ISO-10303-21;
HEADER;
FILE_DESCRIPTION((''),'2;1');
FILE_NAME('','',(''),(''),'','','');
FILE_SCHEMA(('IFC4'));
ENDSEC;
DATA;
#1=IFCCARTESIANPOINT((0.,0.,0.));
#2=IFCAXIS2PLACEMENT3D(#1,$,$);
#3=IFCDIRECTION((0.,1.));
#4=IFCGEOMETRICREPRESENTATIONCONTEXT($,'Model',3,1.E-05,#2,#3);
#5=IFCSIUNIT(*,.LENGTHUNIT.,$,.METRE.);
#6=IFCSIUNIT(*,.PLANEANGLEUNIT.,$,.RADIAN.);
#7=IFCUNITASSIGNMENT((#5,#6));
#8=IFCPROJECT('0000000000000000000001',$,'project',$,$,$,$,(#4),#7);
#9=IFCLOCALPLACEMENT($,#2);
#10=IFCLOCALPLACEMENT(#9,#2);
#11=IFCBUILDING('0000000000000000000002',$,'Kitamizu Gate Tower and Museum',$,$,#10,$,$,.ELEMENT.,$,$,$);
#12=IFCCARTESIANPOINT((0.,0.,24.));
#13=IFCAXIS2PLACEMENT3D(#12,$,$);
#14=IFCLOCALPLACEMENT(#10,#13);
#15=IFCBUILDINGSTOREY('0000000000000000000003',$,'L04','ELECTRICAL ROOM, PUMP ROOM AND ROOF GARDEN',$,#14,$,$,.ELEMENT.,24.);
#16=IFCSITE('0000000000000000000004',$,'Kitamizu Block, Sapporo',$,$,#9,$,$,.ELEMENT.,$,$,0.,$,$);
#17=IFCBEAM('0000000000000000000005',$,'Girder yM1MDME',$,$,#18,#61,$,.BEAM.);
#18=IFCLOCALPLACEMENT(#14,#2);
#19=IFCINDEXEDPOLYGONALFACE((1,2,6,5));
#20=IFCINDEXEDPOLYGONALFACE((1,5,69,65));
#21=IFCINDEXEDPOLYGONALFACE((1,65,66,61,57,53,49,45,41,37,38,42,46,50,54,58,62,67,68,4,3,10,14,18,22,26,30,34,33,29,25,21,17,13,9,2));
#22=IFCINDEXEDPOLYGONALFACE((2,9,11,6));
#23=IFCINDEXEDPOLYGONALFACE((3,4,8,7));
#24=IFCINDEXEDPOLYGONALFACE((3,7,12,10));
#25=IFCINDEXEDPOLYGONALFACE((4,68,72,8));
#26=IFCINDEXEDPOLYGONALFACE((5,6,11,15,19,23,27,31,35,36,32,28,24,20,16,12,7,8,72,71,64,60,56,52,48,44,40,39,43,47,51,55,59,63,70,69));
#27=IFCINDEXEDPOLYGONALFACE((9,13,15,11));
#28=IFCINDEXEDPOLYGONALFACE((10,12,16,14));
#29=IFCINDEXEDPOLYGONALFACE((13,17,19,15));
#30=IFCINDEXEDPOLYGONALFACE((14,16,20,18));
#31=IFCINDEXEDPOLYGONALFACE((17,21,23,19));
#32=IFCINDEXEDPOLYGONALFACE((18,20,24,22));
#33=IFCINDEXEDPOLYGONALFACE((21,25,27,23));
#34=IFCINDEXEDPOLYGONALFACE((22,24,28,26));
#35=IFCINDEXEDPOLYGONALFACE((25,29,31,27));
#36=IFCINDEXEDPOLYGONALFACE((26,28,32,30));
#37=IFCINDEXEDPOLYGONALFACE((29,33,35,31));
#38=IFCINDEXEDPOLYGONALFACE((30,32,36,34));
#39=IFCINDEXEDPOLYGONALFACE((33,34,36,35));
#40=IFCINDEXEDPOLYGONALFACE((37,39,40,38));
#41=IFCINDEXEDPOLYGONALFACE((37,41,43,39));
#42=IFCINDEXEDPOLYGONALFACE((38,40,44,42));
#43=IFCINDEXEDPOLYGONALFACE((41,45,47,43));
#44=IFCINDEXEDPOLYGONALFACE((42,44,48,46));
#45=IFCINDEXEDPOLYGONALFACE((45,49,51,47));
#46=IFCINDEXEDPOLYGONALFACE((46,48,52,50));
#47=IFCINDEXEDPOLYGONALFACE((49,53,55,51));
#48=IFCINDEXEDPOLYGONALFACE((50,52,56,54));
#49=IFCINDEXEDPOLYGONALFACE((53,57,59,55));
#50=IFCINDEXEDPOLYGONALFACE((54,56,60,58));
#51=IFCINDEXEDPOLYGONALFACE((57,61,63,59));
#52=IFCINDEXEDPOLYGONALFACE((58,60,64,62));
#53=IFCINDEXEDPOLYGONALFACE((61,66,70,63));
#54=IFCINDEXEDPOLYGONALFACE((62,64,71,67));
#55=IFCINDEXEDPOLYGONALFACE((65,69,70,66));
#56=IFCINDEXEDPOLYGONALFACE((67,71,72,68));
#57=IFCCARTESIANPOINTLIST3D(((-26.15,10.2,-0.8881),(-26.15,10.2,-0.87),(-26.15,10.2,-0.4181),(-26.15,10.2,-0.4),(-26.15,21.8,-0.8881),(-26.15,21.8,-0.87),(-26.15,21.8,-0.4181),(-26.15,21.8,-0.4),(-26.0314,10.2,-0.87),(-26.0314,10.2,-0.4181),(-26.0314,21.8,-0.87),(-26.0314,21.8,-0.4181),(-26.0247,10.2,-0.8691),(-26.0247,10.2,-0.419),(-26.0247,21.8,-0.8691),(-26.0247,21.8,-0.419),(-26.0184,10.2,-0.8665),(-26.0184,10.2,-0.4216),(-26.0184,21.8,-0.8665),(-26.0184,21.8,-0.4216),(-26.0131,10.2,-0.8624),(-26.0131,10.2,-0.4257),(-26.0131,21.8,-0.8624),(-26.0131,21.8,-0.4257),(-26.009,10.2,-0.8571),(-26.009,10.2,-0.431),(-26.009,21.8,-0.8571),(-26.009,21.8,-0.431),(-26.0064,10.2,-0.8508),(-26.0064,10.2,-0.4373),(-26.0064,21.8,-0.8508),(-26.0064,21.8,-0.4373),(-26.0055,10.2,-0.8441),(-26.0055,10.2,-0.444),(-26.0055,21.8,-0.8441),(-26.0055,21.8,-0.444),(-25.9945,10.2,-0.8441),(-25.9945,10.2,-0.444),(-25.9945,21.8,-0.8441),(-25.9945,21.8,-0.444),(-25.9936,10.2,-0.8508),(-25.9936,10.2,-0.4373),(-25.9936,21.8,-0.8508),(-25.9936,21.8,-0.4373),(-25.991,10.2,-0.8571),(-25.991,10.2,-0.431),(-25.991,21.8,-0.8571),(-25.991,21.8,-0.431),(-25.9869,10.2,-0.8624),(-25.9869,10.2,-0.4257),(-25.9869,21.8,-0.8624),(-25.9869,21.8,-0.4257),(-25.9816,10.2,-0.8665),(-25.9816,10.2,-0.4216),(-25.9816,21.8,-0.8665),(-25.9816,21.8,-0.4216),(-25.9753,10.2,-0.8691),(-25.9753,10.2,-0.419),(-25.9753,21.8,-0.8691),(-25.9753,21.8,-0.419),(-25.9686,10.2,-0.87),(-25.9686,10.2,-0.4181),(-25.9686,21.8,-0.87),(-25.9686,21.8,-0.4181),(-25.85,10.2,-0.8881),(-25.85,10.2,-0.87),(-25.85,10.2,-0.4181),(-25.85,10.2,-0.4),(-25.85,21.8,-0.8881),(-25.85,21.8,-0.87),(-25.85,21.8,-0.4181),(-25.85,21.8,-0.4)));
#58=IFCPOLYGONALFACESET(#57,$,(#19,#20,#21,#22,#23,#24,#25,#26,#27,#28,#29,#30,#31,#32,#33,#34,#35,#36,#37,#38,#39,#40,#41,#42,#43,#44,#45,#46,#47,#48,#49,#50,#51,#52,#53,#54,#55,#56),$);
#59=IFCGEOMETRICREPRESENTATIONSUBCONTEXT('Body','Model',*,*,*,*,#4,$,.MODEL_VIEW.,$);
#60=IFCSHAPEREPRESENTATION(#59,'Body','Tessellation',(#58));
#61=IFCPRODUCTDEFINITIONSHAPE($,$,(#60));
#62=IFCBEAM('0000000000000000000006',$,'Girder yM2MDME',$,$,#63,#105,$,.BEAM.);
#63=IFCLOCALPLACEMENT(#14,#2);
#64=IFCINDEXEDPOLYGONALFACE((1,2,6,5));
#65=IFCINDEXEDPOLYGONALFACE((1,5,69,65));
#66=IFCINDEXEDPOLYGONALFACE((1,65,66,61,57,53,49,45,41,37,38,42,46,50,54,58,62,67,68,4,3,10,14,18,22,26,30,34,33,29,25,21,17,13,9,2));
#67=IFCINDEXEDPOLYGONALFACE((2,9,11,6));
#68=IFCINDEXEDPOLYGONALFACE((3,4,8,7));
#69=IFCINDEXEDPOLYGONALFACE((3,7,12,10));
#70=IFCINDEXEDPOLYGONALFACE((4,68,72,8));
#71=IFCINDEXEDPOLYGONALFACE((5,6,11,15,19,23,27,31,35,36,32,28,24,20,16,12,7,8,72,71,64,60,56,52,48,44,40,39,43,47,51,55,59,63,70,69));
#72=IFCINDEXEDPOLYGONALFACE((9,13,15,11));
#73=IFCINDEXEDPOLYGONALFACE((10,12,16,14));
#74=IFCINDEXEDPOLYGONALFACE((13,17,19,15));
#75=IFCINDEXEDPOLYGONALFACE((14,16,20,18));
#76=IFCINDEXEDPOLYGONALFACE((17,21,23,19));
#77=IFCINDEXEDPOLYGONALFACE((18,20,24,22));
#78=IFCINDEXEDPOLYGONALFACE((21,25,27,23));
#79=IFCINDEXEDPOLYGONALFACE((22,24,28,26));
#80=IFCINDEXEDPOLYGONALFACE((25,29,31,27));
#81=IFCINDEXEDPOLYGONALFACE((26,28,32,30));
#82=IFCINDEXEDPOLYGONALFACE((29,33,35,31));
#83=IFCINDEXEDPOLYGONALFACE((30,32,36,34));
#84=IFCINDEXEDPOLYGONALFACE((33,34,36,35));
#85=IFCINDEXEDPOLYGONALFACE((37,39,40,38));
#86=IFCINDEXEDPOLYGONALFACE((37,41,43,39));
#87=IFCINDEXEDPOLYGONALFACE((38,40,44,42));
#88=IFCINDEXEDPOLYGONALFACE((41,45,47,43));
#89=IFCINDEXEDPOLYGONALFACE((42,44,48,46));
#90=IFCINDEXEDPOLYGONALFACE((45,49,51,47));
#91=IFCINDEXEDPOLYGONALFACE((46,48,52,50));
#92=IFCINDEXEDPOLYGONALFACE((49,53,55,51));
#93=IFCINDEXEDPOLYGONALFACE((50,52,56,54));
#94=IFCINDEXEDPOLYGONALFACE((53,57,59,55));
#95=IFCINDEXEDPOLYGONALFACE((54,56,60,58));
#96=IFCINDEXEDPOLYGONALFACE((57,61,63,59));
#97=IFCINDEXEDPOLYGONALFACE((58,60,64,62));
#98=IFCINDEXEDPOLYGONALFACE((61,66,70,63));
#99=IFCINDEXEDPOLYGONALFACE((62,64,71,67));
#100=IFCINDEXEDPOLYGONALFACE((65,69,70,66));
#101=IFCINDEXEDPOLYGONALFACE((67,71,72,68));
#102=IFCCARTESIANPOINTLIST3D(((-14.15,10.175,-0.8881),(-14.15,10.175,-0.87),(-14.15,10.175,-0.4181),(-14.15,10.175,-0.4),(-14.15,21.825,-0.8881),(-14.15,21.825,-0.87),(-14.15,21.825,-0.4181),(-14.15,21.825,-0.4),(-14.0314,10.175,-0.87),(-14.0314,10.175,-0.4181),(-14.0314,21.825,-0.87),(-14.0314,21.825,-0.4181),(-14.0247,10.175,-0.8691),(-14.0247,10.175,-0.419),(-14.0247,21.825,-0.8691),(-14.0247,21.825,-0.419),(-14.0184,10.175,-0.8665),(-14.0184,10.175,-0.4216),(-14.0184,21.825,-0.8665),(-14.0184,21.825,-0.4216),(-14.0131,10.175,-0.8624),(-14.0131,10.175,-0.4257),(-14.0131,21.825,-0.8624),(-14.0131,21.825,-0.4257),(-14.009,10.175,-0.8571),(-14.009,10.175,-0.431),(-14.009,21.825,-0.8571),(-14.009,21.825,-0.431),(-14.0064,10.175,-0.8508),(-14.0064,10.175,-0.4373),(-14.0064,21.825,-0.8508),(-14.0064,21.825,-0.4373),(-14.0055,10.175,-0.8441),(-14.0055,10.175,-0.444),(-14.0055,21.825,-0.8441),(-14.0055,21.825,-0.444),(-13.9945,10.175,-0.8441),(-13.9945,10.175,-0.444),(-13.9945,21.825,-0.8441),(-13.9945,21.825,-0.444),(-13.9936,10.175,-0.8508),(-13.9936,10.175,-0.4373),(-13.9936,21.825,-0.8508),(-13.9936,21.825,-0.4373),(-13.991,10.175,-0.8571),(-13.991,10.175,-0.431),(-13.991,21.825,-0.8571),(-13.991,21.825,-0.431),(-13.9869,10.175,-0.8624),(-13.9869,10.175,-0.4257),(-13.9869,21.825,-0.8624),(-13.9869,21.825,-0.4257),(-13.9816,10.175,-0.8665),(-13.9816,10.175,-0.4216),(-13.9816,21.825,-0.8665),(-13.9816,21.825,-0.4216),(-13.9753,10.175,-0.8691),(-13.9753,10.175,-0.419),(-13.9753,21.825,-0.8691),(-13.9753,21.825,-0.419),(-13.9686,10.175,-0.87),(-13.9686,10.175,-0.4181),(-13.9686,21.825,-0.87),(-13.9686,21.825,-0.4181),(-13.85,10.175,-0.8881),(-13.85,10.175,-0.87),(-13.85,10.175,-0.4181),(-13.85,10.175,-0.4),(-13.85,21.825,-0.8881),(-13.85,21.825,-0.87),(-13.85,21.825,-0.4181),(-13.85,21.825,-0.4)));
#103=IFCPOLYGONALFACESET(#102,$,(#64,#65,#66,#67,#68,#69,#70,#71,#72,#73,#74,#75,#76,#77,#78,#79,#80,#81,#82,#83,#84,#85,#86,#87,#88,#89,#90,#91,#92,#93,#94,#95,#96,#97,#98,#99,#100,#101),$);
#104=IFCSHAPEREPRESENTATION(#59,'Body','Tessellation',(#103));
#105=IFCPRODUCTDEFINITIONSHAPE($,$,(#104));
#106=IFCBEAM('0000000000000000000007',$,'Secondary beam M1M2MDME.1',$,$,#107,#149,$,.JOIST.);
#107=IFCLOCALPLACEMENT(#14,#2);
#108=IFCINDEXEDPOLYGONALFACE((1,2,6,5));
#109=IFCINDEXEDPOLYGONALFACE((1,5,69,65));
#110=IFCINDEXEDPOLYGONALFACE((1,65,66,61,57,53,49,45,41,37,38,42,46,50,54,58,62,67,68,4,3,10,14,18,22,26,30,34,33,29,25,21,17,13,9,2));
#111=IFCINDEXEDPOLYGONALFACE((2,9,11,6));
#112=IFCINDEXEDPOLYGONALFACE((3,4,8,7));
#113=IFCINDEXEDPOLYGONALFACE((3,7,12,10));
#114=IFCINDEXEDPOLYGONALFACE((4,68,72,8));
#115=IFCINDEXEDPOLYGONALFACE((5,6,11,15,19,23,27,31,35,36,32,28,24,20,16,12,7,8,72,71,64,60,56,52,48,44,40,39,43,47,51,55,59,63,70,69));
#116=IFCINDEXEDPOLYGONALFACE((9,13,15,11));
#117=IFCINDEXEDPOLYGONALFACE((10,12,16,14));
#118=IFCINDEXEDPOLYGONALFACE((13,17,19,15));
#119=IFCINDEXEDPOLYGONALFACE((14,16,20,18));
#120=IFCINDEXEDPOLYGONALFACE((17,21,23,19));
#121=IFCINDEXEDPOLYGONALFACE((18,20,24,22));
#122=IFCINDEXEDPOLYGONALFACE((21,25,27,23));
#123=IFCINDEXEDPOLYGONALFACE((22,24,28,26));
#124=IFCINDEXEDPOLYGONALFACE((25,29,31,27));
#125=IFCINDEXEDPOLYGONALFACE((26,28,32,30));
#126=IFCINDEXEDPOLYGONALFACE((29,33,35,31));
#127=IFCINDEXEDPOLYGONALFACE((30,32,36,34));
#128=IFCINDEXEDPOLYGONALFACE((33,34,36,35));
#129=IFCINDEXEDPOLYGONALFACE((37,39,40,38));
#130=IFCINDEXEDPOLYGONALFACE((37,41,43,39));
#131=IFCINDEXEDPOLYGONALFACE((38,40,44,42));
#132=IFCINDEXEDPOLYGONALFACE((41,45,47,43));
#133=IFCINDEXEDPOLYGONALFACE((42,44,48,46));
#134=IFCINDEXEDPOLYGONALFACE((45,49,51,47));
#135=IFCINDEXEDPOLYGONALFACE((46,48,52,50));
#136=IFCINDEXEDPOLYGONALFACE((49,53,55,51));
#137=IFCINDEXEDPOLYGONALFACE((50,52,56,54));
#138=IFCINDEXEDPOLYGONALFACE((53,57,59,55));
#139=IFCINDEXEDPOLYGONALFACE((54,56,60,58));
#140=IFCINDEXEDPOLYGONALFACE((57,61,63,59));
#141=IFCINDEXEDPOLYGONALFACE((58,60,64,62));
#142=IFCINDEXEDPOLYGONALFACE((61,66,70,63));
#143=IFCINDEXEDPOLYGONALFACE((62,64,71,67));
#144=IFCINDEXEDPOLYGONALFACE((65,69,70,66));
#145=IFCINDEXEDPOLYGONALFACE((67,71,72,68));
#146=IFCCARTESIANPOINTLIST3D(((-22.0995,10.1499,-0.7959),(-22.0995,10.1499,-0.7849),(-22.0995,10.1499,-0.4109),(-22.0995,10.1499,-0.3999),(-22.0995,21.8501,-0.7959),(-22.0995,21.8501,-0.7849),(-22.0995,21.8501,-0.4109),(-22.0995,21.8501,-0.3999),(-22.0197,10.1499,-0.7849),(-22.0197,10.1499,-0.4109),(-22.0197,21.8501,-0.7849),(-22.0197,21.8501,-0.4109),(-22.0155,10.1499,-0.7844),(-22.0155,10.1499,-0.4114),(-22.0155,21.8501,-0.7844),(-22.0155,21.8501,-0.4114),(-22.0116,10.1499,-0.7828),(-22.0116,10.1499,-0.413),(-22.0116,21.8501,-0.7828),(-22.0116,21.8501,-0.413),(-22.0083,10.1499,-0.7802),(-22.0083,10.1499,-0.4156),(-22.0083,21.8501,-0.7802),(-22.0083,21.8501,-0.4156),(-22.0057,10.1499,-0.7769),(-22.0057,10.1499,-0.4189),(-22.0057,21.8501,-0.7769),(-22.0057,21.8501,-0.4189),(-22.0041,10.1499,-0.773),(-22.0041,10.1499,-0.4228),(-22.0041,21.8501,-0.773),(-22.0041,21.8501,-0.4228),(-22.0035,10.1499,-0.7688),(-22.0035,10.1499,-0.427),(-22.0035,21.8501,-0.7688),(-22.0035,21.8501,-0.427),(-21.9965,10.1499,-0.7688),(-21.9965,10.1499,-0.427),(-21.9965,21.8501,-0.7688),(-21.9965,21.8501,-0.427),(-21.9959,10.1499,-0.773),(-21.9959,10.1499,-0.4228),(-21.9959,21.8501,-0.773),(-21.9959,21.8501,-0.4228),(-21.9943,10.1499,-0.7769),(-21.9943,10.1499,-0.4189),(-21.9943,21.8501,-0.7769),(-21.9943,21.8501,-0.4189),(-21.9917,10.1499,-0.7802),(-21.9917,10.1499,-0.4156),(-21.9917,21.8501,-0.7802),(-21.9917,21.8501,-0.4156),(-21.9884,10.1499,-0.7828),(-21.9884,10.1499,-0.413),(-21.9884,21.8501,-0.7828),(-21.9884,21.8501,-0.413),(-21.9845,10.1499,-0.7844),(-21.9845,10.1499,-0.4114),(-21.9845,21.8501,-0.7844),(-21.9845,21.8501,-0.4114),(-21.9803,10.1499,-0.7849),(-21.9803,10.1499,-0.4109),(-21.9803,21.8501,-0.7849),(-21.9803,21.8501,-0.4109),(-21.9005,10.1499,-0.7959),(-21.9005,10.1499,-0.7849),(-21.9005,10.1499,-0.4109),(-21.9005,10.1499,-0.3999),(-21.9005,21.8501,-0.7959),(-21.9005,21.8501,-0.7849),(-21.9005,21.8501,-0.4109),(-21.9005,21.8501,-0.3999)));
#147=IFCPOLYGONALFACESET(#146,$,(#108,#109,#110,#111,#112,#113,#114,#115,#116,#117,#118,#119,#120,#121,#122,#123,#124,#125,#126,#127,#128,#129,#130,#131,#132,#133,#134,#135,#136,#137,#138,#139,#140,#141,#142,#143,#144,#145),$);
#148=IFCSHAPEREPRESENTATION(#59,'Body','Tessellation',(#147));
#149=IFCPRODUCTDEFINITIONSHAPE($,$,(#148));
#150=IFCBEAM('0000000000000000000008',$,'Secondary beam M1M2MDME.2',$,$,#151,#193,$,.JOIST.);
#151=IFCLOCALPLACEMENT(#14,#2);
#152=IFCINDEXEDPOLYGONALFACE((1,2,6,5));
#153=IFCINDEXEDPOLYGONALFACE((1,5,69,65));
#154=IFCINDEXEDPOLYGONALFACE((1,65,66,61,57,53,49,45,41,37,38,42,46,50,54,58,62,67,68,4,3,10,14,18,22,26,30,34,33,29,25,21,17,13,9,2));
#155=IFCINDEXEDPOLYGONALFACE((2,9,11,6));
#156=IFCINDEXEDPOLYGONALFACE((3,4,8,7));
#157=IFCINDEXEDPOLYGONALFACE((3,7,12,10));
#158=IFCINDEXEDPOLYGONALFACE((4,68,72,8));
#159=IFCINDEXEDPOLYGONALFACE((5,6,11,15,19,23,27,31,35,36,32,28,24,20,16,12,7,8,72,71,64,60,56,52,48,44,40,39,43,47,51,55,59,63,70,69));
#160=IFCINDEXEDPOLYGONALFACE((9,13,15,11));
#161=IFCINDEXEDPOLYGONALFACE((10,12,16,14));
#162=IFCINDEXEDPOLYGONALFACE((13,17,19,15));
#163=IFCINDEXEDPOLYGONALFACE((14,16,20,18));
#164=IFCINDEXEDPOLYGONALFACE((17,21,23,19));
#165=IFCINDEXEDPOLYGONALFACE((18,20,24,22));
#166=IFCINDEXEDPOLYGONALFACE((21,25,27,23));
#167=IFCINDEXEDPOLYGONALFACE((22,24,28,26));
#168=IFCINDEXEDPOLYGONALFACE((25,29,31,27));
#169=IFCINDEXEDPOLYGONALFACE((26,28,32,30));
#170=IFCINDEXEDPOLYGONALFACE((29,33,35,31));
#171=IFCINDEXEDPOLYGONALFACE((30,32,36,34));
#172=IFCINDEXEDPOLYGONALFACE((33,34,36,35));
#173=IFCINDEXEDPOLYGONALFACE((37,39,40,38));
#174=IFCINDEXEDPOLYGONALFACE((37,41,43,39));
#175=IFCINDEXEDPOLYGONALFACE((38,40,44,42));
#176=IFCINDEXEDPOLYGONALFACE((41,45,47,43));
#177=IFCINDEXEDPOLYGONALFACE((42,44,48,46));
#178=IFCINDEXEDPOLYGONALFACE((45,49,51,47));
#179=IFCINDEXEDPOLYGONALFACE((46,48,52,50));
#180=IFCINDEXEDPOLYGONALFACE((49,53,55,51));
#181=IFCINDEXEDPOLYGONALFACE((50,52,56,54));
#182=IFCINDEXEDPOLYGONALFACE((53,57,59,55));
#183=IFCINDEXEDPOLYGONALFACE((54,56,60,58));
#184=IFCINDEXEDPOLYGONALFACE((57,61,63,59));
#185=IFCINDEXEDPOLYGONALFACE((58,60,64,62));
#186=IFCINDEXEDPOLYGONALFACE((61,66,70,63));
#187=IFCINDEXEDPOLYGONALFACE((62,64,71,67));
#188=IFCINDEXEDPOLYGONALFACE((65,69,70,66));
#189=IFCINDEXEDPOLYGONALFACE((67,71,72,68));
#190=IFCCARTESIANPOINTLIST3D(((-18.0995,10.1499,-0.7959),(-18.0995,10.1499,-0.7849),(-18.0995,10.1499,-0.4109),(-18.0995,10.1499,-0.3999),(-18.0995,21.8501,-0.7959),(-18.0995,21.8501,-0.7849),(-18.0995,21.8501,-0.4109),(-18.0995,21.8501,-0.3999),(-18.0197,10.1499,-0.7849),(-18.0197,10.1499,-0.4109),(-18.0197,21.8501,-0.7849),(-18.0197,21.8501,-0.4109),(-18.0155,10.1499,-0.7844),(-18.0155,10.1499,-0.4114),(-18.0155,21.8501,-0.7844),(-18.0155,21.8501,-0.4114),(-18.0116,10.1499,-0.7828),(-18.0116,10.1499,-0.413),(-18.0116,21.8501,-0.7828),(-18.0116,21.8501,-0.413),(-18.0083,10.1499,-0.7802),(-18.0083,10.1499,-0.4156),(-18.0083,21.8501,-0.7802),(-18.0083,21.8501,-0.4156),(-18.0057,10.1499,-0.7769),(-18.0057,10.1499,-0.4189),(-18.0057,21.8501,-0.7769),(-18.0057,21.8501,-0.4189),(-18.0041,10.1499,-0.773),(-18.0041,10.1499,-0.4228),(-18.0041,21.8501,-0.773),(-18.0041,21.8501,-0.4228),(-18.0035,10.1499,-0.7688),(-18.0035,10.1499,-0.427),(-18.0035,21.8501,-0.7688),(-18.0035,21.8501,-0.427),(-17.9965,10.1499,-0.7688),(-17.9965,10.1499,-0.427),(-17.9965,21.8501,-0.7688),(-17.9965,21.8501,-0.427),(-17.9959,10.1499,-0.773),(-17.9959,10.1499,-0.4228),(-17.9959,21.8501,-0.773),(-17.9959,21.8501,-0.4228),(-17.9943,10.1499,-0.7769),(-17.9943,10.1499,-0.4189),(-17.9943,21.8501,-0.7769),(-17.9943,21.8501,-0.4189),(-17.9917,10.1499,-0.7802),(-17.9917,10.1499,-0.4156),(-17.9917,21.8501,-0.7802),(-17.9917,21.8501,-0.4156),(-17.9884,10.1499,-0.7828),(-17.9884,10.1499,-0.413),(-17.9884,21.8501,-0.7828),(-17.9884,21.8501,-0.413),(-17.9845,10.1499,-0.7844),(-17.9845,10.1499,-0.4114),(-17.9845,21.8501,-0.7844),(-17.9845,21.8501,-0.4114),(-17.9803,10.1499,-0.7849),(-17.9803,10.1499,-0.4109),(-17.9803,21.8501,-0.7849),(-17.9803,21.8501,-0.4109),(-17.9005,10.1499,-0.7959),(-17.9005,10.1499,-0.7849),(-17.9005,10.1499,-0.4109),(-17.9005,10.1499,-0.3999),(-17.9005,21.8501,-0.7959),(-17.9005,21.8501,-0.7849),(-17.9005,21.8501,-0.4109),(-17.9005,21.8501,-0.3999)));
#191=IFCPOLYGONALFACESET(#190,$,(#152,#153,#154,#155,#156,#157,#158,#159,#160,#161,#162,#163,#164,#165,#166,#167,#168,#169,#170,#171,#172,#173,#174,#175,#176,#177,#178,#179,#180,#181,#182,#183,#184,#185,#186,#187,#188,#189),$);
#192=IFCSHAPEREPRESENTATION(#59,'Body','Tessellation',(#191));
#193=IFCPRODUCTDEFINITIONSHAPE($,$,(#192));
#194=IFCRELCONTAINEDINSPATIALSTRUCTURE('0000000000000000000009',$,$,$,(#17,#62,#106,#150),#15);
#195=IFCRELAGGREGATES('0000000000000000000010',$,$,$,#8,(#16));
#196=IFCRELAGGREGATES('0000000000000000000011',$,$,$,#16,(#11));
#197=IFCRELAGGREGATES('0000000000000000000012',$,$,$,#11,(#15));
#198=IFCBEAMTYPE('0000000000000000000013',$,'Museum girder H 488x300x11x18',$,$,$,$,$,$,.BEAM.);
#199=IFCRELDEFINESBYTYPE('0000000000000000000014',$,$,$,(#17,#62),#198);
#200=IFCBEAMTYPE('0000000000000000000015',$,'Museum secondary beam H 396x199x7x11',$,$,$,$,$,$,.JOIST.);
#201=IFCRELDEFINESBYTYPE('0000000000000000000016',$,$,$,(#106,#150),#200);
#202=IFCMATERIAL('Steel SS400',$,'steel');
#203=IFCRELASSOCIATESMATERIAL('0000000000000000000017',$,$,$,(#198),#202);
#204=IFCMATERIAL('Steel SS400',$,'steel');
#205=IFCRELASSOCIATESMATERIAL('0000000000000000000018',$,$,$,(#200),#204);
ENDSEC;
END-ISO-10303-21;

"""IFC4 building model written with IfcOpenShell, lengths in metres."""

from ifc_helpers import new_model, si_unit, direction, frame, origin, origin_2d, place, context, subcontext, project, spatial, i_section, extrude, material, material_profile, profile_set, type_object, element, save


model = new_model("IFC4")

# Units and contexts
model_context = context("Model", 3, precision=1e-05, world=origin(), true_north=direction((0.0, 1.0)))
body_context = subcontext(model_context, "Body", "Model", "MODEL_VIEW")
ifc_project = project(units=[si_unit("LENGTHUNIT", "METRE"), si_unit("PLANEANGLEUNIT", "RADIAN")], contexts=[model_context])

# Site, building, storey
site_placement = place(None, origin())
site = spatial("IfcSite", under=ifc_project, at=site_placement, Name="Kitamizu Block, Sapporo", CompositionType="ELEMENT", RefElevation=0.0)
building_placement = place(site_placement, origin())
building = spatial("IfcBuilding", under=site, at=building_placement, Name="Kitamizu Gate Tower and Museum", CompositionType="ELEMENT")
storey_placement = place(building_placement, frame((0.0, 0.0, 24.0)))
storey = spatial("IfcBuildingStorey", under=building, at=storey_placement, Name="L04", Description="ELECTRICAL ROOM, PUMP ROOM AND ROOF GARDEN", CompositionType="ELEMENT", Elevation=24.0)

# Beams
ifc_material_1 = material(Name="Steel SS400", Category="steel")
ifc_material_profile_1 = material_profile(ifc_material_1, i_section(OverallWidth=0.3, OverallDepth=0.488, WebThickness=0.011, FlangeThickness=0.0181, FilletRadius=0.0259, at=origin_2d()), Name="H-488x300x11x18")
ifc_profile_set_1 = profile_set([ifc_material_profile_1], Name="Steel SS400")
beam_type_1 = type_object("IfcBeamType", Name="Museum girder H 488x300x11x18", PredefinedType="BEAM", material=ifc_profile_set_1)
beam_1_placement = place(storey_placement, frame((-26.0, 10.2, -0.644), z_axis=(0.0, 1.0, 0.0), x_axis=(-1.0, 0.0, 0.0)))
element("IfcBeam", 1, at=beam_1_placement, inside=storey, type_object=beam_type_1, Name="Girder yM1MDME", PredefinedType="BEAM", context=body_context, shape_type="SweptSolid", body=[
    extrude(i_section(OverallWidth=0.3, OverallDepth=0.488, WebThickness=0.011, FlangeThickness=0.0181, FilletRadius=0.0259, at=origin_2d()), origin(), (0.0, 0.0, 1.0), 11.6001),
])
beam_2_placement = place(storey_placement, frame((-14.0, 10.175, -0.644), z_axis=(0.0, 1.0, 0.0), x_axis=(-1.0, 0.0, 0.0)))
element("IfcBeam", 2, at=beam_2_placement, inside=storey, type_object=beam_type_1, Name="Girder yM2MDME", PredefinedType="BEAM", context=body_context, shape_type="SweptSolid", body=[
    extrude(i_section(OverallWidth=0.3, OverallDepth=0.488, WebThickness=0.011, FlangeThickness=0.0181, FilletRadius=0.0259, at=origin_2d()), origin(), (0.0, 0.0, 1.0), 11.6499),
])
ifc_material_2 = material(Name="Steel SS400", Category="steel")
ifc_material_profile_2 = material_profile(ifc_material_2, i_section(OverallWidth=0.199, OverallDepth=0.396, WebThickness=0.0071, FlangeThickness=0.011, FilletRadius=0.0161, at=origin_2d()), Name="H-396x199x7x11")
ifc_profile_set_2 = profile_set([ifc_material_profile_2], Name="Steel SS400")
beam_type_2 = type_object("IfcBeamType", Name="Museum secondary beam H 396x199x7x11", PredefinedType="JOIST", material=ifc_profile_set_2)
for number, where, z_axis, x_axis, name in (
    (3, (-22.0, 10.1499, -0.5979), (0.0, 1.0, 0.0), (-1.0, 0.0, 0.0), "Secondary beam M1M2MDME.1"),
    (4, (-18.0, 10.1499, -0.5979), (0.0, 1.0, 0.0), (-1.0, 0.0, 0.0), "Secondary beam M1M2MDME.2"),
):
    element("IfcBeam", number, at=place(storey_placement, frame(where, z_axis=z_axis, x_axis=x_axis)), inside=storey, type_object=beam_type_2, Name=name, PredefinedType="JOIST", context=body_context, shape_type="SweptSolid", body=[
        extrude(i_section(OverallWidth=0.199, OverallDepth=0.396, WebThickness=0.0071, FlangeThickness=0.011, FilletRadius=0.0161, at=origin_2d()), origin(), (0.0, 0.0, 1.0), 11.7002),
    ])

save(model, "model.ifc")
